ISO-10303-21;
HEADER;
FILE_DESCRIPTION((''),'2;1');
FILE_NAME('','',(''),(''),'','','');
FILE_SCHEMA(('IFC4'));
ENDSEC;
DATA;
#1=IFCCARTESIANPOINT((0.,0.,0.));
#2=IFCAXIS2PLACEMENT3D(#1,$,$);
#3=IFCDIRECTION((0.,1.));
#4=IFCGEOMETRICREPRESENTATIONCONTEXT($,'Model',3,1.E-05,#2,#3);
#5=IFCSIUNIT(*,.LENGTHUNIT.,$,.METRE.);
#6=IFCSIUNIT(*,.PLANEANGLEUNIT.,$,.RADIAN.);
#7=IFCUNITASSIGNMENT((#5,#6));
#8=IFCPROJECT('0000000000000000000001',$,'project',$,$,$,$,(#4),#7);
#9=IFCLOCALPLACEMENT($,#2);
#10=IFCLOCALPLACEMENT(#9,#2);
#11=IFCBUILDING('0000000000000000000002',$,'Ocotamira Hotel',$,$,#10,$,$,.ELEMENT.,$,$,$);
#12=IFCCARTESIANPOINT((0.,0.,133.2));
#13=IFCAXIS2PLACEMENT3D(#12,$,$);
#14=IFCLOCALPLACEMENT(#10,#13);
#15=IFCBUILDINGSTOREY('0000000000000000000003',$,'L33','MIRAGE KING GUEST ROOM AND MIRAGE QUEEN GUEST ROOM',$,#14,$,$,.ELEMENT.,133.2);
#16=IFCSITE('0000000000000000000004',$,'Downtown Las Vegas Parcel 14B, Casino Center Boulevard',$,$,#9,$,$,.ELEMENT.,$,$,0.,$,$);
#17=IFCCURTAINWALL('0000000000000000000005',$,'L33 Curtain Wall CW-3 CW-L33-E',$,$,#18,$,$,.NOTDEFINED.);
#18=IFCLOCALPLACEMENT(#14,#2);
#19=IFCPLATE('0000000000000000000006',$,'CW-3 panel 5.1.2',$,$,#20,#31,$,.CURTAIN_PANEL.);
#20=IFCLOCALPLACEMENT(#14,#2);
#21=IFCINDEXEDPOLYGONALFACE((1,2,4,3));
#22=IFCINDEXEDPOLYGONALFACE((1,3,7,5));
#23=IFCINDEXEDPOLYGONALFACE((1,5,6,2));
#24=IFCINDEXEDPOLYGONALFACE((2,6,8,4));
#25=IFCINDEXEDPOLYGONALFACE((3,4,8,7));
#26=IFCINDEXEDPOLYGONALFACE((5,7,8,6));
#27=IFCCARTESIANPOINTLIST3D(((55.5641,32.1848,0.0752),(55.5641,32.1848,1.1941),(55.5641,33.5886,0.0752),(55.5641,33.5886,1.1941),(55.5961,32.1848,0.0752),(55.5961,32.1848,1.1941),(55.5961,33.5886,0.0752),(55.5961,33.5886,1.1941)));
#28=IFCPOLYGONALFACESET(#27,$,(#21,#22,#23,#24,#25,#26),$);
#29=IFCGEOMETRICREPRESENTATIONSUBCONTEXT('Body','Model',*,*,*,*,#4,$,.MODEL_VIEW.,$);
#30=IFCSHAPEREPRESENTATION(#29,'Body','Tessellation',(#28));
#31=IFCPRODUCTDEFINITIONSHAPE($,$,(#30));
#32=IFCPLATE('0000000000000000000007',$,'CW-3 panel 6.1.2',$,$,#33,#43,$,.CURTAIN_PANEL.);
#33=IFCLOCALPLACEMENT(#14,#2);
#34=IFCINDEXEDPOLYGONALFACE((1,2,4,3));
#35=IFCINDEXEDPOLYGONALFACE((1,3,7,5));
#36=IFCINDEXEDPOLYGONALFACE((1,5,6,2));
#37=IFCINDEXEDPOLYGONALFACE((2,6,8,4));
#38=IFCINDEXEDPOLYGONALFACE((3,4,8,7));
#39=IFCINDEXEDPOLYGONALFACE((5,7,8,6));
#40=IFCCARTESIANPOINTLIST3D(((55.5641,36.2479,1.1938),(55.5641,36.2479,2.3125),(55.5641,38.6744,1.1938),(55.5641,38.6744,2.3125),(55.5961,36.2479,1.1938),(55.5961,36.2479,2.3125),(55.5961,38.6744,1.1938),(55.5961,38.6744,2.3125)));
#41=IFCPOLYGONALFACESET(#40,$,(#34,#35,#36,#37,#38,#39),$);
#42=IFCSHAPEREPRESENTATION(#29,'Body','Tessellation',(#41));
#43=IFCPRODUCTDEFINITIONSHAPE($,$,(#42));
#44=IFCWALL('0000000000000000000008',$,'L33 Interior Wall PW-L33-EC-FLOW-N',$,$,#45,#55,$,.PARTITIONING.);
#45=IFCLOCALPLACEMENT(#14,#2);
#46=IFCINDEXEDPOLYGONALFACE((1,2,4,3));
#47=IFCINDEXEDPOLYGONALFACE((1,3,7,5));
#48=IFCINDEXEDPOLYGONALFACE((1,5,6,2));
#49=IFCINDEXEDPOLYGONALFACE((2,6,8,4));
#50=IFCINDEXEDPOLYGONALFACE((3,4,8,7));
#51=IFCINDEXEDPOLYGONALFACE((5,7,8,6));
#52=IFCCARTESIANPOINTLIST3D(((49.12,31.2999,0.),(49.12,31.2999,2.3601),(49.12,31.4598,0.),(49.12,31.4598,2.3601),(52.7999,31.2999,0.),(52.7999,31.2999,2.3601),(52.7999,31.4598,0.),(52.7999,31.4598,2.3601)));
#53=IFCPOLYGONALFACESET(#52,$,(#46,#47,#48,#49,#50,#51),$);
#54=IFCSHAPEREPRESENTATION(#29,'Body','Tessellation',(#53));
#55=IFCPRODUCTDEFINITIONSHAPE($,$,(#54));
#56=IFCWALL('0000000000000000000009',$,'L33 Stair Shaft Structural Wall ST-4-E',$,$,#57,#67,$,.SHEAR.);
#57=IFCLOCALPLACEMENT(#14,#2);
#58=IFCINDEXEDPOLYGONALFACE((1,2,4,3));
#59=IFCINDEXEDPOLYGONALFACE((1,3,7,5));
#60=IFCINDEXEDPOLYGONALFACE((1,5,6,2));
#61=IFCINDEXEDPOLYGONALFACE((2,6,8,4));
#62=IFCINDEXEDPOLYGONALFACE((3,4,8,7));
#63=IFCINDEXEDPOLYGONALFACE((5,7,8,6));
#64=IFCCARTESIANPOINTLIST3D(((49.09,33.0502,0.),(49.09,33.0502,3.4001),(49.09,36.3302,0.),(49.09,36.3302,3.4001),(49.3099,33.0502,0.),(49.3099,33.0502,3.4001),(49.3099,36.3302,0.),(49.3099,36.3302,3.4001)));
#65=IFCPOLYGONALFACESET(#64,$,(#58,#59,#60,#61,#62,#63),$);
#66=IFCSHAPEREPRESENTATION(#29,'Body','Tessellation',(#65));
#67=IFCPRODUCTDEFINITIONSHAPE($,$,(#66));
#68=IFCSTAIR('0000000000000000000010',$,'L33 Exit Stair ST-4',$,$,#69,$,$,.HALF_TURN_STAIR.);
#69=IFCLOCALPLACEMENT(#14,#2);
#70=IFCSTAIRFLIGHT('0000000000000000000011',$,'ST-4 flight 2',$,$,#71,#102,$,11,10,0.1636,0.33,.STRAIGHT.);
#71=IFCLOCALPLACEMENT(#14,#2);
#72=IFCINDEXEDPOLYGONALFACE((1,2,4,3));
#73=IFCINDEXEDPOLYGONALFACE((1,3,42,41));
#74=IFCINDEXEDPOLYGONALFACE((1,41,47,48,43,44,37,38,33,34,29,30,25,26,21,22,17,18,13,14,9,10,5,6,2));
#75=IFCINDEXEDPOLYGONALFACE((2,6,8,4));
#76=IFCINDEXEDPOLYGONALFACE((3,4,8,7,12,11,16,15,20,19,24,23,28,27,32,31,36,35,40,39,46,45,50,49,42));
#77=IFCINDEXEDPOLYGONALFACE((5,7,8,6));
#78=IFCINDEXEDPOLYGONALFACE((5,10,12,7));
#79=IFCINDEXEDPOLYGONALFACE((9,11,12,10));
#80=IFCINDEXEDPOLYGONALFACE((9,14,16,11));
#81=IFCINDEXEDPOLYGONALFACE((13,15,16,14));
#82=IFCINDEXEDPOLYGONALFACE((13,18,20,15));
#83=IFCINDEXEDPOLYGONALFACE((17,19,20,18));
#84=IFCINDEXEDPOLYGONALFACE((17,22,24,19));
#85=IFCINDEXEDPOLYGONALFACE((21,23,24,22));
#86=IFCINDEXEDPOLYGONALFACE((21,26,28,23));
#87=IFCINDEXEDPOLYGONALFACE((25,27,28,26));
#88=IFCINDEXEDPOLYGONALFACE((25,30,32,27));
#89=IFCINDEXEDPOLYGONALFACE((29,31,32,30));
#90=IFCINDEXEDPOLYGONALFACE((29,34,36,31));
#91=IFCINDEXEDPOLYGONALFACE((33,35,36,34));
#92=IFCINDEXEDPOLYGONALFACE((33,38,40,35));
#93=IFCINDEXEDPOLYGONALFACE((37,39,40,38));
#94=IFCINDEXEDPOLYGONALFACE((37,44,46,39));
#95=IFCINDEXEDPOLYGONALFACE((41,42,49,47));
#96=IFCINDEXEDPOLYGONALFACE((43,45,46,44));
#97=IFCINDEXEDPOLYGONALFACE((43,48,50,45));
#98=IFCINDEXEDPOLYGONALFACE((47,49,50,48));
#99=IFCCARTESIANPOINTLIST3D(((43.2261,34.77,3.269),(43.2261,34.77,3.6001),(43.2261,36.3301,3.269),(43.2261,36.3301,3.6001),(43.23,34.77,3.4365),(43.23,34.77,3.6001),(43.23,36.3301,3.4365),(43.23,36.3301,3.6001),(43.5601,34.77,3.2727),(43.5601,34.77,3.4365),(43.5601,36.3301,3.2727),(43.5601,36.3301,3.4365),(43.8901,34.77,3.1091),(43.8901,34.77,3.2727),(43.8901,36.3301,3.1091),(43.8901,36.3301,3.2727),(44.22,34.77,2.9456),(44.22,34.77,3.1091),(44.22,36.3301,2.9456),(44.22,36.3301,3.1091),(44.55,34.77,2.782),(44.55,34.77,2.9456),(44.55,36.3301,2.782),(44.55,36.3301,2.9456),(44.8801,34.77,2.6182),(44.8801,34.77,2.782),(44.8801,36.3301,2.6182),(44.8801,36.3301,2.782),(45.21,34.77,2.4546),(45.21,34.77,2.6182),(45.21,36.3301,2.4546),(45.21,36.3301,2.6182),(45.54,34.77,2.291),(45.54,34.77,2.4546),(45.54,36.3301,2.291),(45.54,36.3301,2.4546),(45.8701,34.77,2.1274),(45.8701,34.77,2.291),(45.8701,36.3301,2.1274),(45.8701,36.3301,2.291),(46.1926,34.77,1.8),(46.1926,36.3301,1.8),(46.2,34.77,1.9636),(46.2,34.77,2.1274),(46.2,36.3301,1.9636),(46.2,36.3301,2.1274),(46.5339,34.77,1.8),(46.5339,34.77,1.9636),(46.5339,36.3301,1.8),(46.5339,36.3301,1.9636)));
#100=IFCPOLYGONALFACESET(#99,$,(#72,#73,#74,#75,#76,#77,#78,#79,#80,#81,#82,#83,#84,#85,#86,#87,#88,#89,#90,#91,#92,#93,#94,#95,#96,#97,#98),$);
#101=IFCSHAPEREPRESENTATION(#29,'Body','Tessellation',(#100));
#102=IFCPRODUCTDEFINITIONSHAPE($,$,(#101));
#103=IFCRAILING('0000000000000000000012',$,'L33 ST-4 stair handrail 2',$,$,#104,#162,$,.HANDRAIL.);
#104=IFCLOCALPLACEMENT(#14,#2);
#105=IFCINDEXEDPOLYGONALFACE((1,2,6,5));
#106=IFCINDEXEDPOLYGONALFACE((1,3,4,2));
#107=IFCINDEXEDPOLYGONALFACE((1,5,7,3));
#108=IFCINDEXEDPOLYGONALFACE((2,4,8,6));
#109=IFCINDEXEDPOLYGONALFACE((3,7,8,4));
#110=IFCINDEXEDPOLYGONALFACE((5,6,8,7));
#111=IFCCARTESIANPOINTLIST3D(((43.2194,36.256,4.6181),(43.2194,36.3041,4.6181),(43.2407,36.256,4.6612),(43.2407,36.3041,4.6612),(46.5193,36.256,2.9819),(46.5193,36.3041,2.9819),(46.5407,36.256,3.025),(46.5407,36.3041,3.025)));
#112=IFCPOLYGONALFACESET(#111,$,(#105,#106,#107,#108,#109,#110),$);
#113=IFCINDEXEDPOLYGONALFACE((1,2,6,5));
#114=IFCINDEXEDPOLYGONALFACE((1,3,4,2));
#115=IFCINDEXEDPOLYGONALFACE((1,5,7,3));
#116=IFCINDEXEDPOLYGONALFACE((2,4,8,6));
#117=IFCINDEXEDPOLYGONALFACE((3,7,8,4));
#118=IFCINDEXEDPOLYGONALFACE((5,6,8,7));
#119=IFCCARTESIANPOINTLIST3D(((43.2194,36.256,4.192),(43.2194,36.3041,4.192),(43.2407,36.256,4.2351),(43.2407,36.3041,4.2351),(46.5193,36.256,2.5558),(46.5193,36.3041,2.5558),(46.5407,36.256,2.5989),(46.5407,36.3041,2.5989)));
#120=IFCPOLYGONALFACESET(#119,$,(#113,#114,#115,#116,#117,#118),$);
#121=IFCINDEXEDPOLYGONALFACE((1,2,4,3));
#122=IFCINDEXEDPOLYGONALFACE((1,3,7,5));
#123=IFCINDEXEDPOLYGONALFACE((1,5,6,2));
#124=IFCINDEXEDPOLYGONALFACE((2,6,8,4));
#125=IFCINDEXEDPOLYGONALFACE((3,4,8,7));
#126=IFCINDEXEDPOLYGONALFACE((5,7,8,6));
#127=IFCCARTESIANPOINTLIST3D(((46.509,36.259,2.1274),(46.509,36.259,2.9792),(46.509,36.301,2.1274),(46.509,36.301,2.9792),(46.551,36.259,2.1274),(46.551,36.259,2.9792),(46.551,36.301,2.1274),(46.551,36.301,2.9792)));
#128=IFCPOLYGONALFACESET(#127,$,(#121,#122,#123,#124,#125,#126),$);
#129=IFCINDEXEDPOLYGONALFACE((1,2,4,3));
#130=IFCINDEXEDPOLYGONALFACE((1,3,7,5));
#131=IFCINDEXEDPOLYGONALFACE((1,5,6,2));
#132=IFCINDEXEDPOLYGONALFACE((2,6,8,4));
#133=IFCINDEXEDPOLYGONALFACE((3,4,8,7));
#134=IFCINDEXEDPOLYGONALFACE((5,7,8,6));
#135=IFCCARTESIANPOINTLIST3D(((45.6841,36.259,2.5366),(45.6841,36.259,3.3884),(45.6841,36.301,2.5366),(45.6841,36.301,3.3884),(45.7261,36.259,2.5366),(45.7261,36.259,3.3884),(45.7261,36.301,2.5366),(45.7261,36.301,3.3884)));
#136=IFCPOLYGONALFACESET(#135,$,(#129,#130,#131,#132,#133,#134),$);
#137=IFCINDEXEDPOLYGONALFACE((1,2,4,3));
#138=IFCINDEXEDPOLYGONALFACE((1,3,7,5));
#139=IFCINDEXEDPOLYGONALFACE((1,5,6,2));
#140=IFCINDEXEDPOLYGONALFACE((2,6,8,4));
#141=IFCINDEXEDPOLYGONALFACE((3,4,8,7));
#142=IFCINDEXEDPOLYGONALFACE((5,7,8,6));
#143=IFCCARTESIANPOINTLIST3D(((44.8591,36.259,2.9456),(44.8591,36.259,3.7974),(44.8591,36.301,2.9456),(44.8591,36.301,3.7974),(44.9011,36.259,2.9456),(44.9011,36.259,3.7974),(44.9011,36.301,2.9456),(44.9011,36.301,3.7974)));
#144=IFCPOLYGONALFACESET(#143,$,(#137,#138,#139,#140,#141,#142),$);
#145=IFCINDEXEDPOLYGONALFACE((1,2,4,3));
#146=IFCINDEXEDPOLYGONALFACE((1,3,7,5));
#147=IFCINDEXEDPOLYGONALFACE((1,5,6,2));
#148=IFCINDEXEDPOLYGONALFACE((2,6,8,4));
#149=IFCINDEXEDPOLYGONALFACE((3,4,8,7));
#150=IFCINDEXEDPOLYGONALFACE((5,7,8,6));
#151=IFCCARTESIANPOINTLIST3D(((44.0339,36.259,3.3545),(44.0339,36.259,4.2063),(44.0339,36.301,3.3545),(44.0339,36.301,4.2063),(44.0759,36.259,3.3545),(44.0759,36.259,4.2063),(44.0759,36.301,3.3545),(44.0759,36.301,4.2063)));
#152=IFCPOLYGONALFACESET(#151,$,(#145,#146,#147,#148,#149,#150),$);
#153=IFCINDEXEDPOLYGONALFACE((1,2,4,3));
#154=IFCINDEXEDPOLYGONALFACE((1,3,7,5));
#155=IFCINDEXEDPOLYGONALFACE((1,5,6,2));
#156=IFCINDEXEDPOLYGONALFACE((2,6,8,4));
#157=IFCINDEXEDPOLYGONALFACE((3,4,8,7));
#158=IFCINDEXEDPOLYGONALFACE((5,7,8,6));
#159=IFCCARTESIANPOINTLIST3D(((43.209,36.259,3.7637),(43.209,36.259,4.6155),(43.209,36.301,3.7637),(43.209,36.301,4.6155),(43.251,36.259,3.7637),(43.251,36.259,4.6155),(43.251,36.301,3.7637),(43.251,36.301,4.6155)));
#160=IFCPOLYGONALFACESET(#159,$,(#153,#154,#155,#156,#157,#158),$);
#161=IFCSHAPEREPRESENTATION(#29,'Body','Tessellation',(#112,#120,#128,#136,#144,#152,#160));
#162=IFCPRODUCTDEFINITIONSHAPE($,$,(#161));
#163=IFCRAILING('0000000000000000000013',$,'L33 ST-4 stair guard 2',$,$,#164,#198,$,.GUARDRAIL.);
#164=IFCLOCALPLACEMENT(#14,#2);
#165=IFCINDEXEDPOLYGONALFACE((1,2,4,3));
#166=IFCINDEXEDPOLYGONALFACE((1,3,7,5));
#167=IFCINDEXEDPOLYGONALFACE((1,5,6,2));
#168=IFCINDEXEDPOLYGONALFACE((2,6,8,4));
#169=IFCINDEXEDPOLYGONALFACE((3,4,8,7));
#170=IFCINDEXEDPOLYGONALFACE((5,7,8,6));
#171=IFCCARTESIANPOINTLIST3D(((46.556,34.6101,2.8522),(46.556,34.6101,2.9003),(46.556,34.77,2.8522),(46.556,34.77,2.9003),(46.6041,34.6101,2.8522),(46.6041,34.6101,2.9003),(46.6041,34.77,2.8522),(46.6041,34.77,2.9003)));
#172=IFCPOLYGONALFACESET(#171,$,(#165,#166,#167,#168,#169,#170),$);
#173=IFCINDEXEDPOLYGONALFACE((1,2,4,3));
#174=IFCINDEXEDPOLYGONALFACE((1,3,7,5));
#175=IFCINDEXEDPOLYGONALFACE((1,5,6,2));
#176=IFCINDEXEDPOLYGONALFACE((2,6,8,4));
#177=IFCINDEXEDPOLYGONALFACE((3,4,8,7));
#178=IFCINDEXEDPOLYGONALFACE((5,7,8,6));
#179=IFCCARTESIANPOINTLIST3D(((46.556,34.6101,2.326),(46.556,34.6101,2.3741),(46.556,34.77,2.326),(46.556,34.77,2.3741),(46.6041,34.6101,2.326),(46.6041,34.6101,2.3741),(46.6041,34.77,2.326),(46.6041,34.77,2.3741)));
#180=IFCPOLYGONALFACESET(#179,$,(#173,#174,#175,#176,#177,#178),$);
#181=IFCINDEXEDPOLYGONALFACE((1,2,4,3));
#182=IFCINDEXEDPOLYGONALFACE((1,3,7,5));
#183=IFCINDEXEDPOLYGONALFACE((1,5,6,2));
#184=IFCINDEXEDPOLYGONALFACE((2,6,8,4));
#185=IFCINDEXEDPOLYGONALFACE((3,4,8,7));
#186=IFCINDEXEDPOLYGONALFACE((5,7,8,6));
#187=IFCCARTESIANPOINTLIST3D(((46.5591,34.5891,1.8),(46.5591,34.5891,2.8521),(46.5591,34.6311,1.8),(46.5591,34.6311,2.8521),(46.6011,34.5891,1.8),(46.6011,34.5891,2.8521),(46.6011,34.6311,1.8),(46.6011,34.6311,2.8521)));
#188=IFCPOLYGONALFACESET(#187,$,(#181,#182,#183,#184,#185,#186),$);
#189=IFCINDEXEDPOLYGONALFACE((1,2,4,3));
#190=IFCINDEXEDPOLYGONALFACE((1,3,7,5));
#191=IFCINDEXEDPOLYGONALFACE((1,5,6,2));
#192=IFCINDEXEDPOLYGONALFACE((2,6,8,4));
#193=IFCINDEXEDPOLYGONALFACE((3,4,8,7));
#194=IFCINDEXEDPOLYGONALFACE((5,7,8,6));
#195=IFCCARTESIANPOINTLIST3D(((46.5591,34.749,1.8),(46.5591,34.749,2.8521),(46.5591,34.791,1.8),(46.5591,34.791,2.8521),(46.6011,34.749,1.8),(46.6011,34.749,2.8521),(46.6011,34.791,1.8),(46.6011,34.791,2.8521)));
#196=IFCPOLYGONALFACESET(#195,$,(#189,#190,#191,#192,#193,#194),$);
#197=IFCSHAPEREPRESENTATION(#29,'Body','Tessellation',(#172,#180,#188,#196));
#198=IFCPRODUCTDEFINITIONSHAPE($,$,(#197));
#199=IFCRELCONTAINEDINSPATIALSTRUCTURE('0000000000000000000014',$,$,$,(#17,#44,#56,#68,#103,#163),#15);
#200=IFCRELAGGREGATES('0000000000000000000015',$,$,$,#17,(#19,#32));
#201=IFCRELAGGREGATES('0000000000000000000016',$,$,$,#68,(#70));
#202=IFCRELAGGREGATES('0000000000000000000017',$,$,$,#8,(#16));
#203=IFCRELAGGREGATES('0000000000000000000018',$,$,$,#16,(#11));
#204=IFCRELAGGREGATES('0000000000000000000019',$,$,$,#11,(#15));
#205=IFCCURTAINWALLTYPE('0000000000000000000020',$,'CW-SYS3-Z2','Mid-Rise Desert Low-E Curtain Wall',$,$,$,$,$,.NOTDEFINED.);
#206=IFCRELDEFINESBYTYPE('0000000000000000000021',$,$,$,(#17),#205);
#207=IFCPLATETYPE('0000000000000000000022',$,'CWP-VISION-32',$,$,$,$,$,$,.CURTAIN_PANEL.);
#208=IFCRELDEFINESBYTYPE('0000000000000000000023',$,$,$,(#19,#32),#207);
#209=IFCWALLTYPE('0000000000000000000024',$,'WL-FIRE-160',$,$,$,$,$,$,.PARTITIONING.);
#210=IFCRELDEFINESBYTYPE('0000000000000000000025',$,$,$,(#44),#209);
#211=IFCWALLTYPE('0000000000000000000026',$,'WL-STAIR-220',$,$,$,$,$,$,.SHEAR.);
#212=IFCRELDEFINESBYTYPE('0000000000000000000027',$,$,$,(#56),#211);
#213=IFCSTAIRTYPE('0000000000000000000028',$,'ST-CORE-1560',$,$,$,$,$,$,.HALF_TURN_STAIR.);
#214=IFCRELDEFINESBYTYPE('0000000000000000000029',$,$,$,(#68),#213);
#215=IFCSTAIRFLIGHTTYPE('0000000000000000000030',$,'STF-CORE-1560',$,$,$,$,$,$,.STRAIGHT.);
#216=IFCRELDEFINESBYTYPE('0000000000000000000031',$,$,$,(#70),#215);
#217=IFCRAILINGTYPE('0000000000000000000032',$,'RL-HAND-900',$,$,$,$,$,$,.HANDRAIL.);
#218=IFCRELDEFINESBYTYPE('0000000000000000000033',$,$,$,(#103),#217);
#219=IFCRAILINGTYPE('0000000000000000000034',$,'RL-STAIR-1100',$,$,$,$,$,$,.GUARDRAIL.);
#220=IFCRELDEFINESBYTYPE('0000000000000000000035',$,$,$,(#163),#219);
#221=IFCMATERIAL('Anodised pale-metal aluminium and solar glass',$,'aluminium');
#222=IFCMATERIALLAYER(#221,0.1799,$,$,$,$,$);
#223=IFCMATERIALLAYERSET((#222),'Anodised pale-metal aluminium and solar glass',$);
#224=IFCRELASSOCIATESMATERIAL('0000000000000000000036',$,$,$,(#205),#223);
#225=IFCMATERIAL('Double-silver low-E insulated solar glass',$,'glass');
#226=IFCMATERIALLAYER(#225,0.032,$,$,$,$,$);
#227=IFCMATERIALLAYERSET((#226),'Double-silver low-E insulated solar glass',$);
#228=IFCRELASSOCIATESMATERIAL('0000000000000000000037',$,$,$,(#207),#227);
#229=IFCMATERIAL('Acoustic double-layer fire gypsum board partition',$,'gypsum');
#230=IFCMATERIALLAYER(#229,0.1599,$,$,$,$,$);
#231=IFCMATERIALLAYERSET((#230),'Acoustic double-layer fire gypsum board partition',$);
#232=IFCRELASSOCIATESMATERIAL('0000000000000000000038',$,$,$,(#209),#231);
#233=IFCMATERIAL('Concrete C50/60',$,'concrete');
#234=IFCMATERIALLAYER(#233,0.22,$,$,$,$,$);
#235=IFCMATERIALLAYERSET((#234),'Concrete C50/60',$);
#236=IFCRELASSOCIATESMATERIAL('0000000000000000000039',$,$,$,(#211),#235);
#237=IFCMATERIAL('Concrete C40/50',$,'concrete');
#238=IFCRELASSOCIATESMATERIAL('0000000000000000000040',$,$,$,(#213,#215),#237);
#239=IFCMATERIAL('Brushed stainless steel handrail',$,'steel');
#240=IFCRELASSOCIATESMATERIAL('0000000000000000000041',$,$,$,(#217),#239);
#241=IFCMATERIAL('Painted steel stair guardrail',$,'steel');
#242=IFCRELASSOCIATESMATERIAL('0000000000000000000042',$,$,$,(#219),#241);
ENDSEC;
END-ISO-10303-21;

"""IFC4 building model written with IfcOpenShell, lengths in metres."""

from ifc_helpers import new_model, si_unit, direction, frame, frame_2d, origin, origin_2d, place, context, subcontext, project, spatial, polyline, rectangle, outline, extrude, source, transform, mapped, material, layer, layer_set, type_object, element, aggregate, save


model = new_model("IFC4")

# Units and contexts
model_context = context("Model", 3, precision=1e-05, world=origin(), true_north=direction((0.0, 1.0)))
body_context = subcontext(model_context, "Body", "Model", "MODEL_VIEW")
ifc_project = project(units=[si_unit("LENGTHUNIT", "METRE"), si_unit("PLANEANGLEUNIT", "RADIAN")], contexts=[model_context])

# Site, building, storey
site_placement = place(None, origin())
site = spatial("IfcSite", under=ifc_project, at=site_placement, Name="Downtown Las Vegas Parcel 14B, Casino Center Boulevard", CompositionType="ELEMENT", RefElevation=0.0)
building_placement = place(site_placement, origin())
building = spatial("IfcBuilding", under=site, at=building_placement, Name="Ocotamira Hotel", CompositionType="ELEMENT")
storey_placement = place(building_placement, frame((0.0, 0.0, 133.2)))
storey = spatial("IfcBuildingStorey", under=building, at=storey_placement, Name="L33", Description="MIRAGE KING GUEST ROOM AND MIRAGE QUEEN GUEST ROOM", CompositionType="ELEMENT", Elevation=133.2)

# Curtain wall
ifc_material_1 = material(Name="Anodised pale-metal aluminium and solar glass", Category="aluminium")
ifc_layer_1 = layer(ifc_material_1, 0.1799)
ifc_layer_set_1 = layer_set([ifc_layer_1], Name="Anodised pale-metal aluminium and solar glass")
curtain_wall_type = type_object("IfcCurtainWallType", Name="CW-SYS3-Z2", Description="Mid-Rise Desert Low-E Curtain Wall", PredefinedType="NOTDEFINED", material=ifc_layer_set_1)
curtain_wall_placement = place(storey_placement, origin())
curtain_wall = element("IfcCurtainWall", 1, at=curtain_wall_placement, inside=storey, type_object=curtain_wall_type, Name="L33 Curtain Wall CW-3 CW-L33-E", PredefinedType="NOTDEFINED")

# Plates
ifc_material_2 = material(Name="Double-silver low-E insulated solar glass", Category="glass")
ifc_layer_2 = layer(ifc_material_2, 0.032)
ifc_layer_set_2 = layer_set([ifc_layer_2], Name="Double-silver low-E insulated solar glass")
plate_type_1 = type_object("IfcPlateType", Name="CWP-VISION-32", PredefinedType="CURTAIN_PANEL", material=ifc_layer_set_2)
shared_shape_1 = source(origin(), body_context, "Body", "SweptSolid", [
    extrude(rectangle(XDim=1.4038, YDim=0.032, at=origin_2d()), origin(), (0.0, 0.0, 1.0), 1.1189),
])
plate_1_placement = place(storey_placement, frame((55.5801, 32.8867, 0.0752), z_axis=(0.0, 0.0, 1.0), x_axis=(0.0, 1.0, 0.0)))
plate_1 = element("IfcPlate", 2, at=plate_1_placement, type_object=plate_type_1, Name="CW-3 panel 5.1.2", PredefinedType="CURTAIN_PANEL", context=body_context, shape_type="MappedRepresentation", body=[
    mapped(shared_shape_1, transform((0.0, 0.0, 0.0), scale=1.0)),
])
shared_shape_2 = source(origin(), body_context, "Body", "SweptSolid", [
    extrude(rectangle(XDim=2.4265, YDim=0.032, at=origin_2d()), origin(), (0.0, 0.0, 1.0), 1.1187),
])
plate_2_placement = place(storey_placement, frame((55.5801, 37.4612, 1.1938), z_axis=(0.0, 0.0, 1.0), x_axis=(0.0, 1.0, 0.0)))
plate_2 = element("IfcPlate", 3, at=plate_2_placement, type_object=plate_type_1, Name="CW-3 panel 6.1.2", PredefinedType="CURTAIN_PANEL", context=body_context, shape_type="MappedRepresentation", body=[
    mapped(shared_shape_2, transform((0.0, 0.0, 0.0), scale=1.0)),
])
aggregate(curtain_wall, [plate_1, plate_2])

# Wall
ifc_material_3 = material(Name="Acoustic double-layer fire gypsum board partition", Category="gypsum")
ifc_layer_3 = layer(ifc_material_3, 0.1599)
ifc_layer_set_3 = layer_set([ifc_layer_3], Name="Acoustic double-layer fire gypsum board partition")
wall_type_1 = type_object("IfcWallType", Name="WL-FIRE-160", PredefinedType="PARTITIONING", material=ifc_layer_set_3)
wall_1_placement = place(storey_placement, frame((49.1201, 31.3799, 0.0), z_axis=(0.0, 0.0, 1.0), x_axis=(1.0, 0.0, 0.0)))
element("IfcWall", 4, at=wall_1_placement, inside=storey, type_object=wall_type_1, Name="L33 Interior Wall PW-L33-EC-FLOW-N", PredefinedType="PARTITIONING", context=body_context, shape_type="SweptSolid", body=[
    extrude(rectangle(XDim=3.6799, YDim=0.1599, at=frame_2d((1.8398, 0.0))), origin(), (0.0, 0.0, 1.0), 2.3601),
])

# Wall
ifc_material_4 = material(Name="Concrete C50/60", Category="concrete")
ifc_layer_4 = layer(ifc_material_4, 0.22)
ifc_layer_set_4 = layer_set([ifc_layer_4], Name="Concrete C50/60")
wall_type_2 = type_object("IfcWallType", Name="WL-STAIR-220", PredefinedType="SHEAR", material=ifc_layer_set_4)
wall_2_placement = place(storey_placement, frame((49.2, 33.05, 0.0), z_axis=(0.0, 0.0, 1.0), x_axis=(0.0, 1.0, 0.0)))
element("IfcWall", 5, at=wall_2_placement, inside=storey, type_object=wall_type_2, Name="L33 Stair Shaft Structural Wall ST-4-E", PredefinedType="SHEAR", context=body_context, shape_type="SweptSolid", body=[
    extrude(rectangle(XDim=3.28, YDim=0.22, at=frame_2d((1.6401, 0.0))), origin(), (0.0, 0.0, 1.0), 3.4001),
])

# Stair, stair flight
ifc_material_5 = material(Name="Concrete C40/50", Category="concrete")
stair_type = type_object("IfcStairType", Name="ST-CORE-1560", PredefinedType="HALF_TURN_STAIR", material=ifc_material_5)
stair_placement = place(storey_placement, origin())
stair = element("IfcStair", 6, at=stair_placement, inside=storey, type_object=stair_type, Name="L33 Exit Stair ST-4", PredefinedType="HALF_TURN_STAIR")
stair_flight_type = type_object("IfcStairFlightType", Name="STF-CORE-1560", PredefinedType="STRAIGHT", material=ifc_material_5)
shared_shape_3 = source(origin(), body_context, "Body", "SweptSolid", [
    extrude(outline(polyline([(-0.0039, 0.0), (-0.0039, 0.1636), (0.3301, 0.1636), (0.3301, 0.3274), (0.6599, 0.3274), (0.6599, 0.491), (0.99, 0.491), (0.99, 0.6545), (1.3201, 0.6545), (1.3201, 0.8181), (1.6499, 0.8181), (1.6499, 0.9819), (1.98, 0.9819), (1.98, 1.1455), (2.3101, 1.1455), (2.3101, 1.3091), (2.6399, 1.3091), (2.6399, 1.4727), (2.97, 1.4727), (2.97, 1.6365), (3.3, 1.6365), (3.3, 1.8), (3.304, 1.8), (3.304, 1.469), (0.3374, 0.0), (-0.0039, 0.0)])), frame((0.0, 0.78, 0.0), z_axis=(0.0, -1.0, 0.0), x_axis=(1.0, 0.0, 0.0)), (0.0, 0.0, 1.0), 1.5601),
])
stair_flight_placement = place(storey_placement, frame((46.53, 35.55, 1.8), z_axis=(0.0, 0.0, 1.0), x_axis=(-1.0, 0.0, 0.0)))
stair_flight = element("IfcStairFlight", 7, at=stair_flight_placement, type_object=stair_flight_type, Name="ST-4 flight 2", NumberOfRisers=11, NumberOfTreads=10, PredefinedType="STRAIGHT", RiserHeight=0.1636, TreadLength=0.33, context=body_context, shape_type="MappedRepresentation", body=[
    mapped(shared_shape_3, transform((0.0, 0.0, 0.0), scale=1.0)),
])
aggregate(stair, [stair_flight])

# Railings
ifc_material_6 = material(Name="Brushed stainless steel handrail", Category="steel")
railing_type_1 = type_object("IfcRailingType", Name="RL-HAND-900", PredefinedType="HANDRAIL", material=ifc_material_6)
railing_1_placement = place(storey_placement, frame((46.53, 36.28, 2.1274)))
element("IfcRailing", 8, at=railing_1_placement, inside=storey, type_object=railing_type_1, Name="L33 ST-4 stair handrail 2", PredefinedType="HANDRAIL", context=body_context, shape_type="SweptSolid", body=[
    extrude(rectangle(XDim=0.0481, YDim=0.0481, at=origin_2d()), frame((0.0, 0.0, 0.876), z_axis=(-0.89592, 0.0, 0.444215), x_axis=(0.0, -1.0, 0.0)), (0.0, 0.0, 1.0), 3.6833),
    extrude(rectangle(XDim=0.0481, YDim=0.0481, at=origin_2d()), frame((0.0, 0.0, 0.45), z_axis=(-0.89592, 0.0, 0.444215), x_axis=(0.0, -1.0, 0.0)), (0.0, 0.0, 1.0), 3.6833),
    extrude(rectangle(XDim=0.042, YDim=0.042, at=origin_2d()), origin(), (0.0, 0.0, 1.0), 0.8518),
    extrude(rectangle(XDim=0.042, YDim=0.042, at=origin_2d()), frame((-0.825, 0.0, 0.4092)), (0.0, 0.0, 1.0), 0.8518),
    extrude(rectangle(XDim=0.042, YDim=0.042, at=origin_2d()), frame((-1.6499, 0.0, 0.8181)), (0.0, 0.0, 1.0), 0.8518),
    extrude(rectangle(XDim=0.042, YDim=0.042, at=origin_2d()), frame((-2.4751, 0.0, 1.2271)), (0.0, 0.0, 1.0), 0.8518),
    extrude(rectangle(XDim=0.042, YDim=0.042, at=origin_2d()), frame((-3.3, 0.0, 1.6362)), (0.0, 0.0, 1.0), 0.8518),
])
ifc_material_7 = material(Name="Painted steel stair guardrail", Category="steel")
railing_type_2 = type_object("IfcRailingType", Name="RL-STAIR-1100", PredefinedType="GUARDRAIL", material=ifc_material_7)
railing_2_placement = place(storey_placement, frame((46.5801, 34.6101, 1.8)))
element("IfcRailing", 9, at=railing_2_placement, inside=storey, type_object=railing_type_2, Name="L33 ST-4 stair guard 2", PredefinedType="GUARDRAIL", context=body_context, shape_type="SweptSolid", body=[
    extrude(rectangle(XDim=0.0481, YDim=0.0481, at=origin_2d()), frame((0.0, 0.0, 1.0762), z_axis=(0.0, 1.0, 0.0), x_axis=(-1.0, 0.0, 0.0)), (0.0, 0.0, 1.0), 0.1599),
    extrude(rectangle(XDim=0.0481, YDim=0.0481, at=origin_2d()), frame((0.0, 0.0, 0.55), z_axis=(0.0, 1.0, 0.0), x_axis=(-1.0, 0.0, 0.0)), (0.0, 0.0, 1.0), 0.1599),
    extrude(rectangle(XDim=0.042, YDim=0.042, at=origin_2d()), origin(), (0.0, 0.0, 1.0), 1.052),
    extrude(rectangle(XDim=0.042, YDim=0.042, at=origin_2d()), frame((0.0, 0.1599, 0.0)), (0.0, 0.0, 1.0), 1.052),
])

save(model, "model.ifc")
